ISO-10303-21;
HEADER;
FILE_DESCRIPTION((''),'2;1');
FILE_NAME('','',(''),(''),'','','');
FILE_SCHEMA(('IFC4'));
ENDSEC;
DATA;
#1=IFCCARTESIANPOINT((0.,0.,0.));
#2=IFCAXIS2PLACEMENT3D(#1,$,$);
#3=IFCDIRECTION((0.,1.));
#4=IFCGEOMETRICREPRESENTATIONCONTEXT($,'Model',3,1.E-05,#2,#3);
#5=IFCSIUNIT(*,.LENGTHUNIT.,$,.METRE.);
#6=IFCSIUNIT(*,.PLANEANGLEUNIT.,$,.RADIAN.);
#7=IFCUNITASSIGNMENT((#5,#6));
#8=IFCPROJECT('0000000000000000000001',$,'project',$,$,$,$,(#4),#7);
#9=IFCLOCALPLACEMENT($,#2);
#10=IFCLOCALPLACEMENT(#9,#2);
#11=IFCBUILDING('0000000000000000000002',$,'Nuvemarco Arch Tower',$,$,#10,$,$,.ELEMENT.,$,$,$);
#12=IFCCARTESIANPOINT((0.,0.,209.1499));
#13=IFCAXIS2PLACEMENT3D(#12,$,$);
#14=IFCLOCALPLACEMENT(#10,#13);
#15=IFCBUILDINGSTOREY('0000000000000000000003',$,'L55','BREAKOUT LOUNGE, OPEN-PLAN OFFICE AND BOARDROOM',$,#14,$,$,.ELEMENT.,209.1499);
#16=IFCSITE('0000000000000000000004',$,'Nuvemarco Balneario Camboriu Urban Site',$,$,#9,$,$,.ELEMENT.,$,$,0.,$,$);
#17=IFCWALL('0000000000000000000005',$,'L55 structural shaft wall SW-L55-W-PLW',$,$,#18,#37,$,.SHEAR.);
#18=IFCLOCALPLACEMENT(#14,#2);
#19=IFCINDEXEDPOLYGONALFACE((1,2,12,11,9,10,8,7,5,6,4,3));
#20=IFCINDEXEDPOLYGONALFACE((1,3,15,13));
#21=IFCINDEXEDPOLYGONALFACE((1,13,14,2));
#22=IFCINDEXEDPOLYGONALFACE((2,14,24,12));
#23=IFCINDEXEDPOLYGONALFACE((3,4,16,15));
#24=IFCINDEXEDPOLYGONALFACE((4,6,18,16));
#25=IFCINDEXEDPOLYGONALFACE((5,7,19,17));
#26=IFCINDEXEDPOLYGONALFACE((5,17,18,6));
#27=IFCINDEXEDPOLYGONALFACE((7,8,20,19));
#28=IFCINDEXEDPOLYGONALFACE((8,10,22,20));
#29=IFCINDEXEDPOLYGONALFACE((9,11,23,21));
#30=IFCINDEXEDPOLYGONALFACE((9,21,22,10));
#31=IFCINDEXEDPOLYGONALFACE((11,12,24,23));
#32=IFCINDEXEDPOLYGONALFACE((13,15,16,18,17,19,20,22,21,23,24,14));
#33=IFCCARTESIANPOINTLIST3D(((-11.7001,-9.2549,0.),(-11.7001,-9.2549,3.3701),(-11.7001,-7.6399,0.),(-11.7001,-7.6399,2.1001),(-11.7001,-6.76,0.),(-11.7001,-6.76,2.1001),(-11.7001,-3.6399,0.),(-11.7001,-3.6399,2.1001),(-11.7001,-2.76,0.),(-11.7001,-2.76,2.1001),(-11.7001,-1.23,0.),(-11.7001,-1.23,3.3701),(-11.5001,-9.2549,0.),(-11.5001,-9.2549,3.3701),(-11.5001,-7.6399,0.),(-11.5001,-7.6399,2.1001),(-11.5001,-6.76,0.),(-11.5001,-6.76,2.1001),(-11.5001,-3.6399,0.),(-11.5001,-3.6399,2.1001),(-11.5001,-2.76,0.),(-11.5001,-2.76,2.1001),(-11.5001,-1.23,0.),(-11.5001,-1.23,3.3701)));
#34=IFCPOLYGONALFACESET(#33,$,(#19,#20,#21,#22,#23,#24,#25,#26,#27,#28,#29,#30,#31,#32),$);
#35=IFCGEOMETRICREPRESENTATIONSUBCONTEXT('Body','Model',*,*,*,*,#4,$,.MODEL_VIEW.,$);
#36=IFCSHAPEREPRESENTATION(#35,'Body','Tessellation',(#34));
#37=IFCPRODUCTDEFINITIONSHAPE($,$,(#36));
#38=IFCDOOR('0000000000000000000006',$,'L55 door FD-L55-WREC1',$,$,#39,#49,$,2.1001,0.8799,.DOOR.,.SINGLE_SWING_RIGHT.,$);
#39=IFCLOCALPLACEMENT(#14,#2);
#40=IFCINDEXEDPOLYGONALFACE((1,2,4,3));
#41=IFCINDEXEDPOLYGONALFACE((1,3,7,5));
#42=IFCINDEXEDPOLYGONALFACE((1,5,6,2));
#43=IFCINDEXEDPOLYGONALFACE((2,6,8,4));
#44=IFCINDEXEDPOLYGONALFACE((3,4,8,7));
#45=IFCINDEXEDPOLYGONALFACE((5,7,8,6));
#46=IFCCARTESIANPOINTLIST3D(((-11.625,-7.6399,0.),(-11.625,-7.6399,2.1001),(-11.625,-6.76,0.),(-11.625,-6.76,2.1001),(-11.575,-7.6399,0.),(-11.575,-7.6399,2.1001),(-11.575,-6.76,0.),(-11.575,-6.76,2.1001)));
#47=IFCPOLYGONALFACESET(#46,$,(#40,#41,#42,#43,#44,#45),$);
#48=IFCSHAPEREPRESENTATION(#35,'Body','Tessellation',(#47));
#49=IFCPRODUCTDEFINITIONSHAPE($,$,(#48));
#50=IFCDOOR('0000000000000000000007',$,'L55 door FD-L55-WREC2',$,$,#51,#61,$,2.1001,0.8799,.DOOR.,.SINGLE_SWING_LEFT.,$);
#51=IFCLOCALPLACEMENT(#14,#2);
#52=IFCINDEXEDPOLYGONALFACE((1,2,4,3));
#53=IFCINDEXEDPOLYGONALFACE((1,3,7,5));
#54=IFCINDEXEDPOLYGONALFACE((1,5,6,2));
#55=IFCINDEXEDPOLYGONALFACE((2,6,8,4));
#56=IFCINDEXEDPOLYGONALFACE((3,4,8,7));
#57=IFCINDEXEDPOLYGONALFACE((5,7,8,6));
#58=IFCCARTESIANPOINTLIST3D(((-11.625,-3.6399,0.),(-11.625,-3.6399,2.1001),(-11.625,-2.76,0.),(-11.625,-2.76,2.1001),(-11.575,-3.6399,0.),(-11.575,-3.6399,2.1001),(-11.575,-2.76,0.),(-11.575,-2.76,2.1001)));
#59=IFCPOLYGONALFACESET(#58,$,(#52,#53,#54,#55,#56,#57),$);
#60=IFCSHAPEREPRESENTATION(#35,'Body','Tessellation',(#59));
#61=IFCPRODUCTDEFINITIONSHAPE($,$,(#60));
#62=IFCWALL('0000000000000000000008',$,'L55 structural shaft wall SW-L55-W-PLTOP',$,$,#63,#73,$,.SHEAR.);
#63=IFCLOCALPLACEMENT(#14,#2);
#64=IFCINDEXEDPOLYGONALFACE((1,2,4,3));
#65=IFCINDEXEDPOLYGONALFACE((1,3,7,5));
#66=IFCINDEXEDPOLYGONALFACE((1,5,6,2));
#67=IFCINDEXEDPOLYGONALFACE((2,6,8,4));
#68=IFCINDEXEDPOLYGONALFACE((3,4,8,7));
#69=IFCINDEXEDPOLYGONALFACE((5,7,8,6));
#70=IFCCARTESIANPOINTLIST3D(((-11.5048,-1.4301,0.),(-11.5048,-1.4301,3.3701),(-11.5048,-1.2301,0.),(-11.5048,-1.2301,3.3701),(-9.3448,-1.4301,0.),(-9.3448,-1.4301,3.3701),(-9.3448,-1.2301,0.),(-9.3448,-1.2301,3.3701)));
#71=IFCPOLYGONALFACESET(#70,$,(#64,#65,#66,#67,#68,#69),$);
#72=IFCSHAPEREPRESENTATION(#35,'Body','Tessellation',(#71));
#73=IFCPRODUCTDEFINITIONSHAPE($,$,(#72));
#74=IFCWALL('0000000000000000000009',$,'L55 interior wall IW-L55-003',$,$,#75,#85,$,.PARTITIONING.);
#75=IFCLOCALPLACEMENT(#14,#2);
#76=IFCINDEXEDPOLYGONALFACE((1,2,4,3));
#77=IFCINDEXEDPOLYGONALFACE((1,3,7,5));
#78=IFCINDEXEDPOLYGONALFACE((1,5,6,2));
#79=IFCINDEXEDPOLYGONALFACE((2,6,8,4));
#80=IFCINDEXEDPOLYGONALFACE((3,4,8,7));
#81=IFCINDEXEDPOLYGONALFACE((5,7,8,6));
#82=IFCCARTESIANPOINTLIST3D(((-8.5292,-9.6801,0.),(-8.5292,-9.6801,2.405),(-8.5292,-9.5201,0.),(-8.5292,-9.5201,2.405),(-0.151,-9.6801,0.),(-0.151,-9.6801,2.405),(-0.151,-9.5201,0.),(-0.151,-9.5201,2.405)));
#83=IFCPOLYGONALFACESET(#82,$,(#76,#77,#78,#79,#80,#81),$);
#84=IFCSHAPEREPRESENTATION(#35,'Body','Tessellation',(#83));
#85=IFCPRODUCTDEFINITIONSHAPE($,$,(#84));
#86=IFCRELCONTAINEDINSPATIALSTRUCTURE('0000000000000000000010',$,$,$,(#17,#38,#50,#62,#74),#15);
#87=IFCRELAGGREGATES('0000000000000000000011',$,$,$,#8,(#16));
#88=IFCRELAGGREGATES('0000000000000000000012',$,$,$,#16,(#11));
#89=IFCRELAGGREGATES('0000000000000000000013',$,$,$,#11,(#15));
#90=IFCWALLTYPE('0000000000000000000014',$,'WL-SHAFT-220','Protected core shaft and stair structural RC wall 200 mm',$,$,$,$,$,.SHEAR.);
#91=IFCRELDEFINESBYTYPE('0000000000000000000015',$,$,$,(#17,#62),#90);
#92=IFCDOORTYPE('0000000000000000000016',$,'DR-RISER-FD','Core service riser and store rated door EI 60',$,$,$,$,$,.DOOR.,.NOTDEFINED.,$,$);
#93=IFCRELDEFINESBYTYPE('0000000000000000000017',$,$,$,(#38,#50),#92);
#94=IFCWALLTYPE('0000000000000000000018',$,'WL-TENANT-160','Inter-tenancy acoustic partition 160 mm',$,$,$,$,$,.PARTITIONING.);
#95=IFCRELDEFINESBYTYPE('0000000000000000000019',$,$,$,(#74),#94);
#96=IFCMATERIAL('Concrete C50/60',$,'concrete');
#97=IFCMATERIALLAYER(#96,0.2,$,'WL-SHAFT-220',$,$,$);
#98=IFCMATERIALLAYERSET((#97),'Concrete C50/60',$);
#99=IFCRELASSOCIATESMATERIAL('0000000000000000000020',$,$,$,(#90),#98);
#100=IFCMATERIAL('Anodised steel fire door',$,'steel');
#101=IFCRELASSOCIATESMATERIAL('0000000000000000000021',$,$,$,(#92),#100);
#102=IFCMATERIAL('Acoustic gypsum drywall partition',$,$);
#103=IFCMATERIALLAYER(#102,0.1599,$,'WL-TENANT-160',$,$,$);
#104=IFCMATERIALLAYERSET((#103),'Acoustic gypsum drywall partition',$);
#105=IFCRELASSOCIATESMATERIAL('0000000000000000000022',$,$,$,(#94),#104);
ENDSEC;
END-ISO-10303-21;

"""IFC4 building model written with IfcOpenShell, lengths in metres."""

from ifc_helpers import new_model, si_unit, direction, frame, frame_2d, origin, place, context, subcontext, project, spatial, rectangle, extrude, source, transform, mapped, material, layer, layer_set, type_object, type_shapes, element, fill, save


model = new_model("IFC4")

# Units and contexts
model_context = context("Model", 3, precision=1e-05, world=origin(), true_north=direction((0.0, 1.0)))
body_context = subcontext(model_context, "Body", "Model", "MODEL_VIEW")
ifc_project = project(units=[si_unit("LENGTHUNIT", "METRE"), si_unit("PLANEANGLEUNIT", "RADIAN")], contexts=[model_context])

# Site, building, storey
site_placement = place(None, origin())
site = spatial("IfcSite", under=ifc_project, at=site_placement, Name="Nuvemarco Balneario Camboriu Urban Site", CompositionType="ELEMENT", RefElevation=0.0)
building_placement = place(site_placement, origin())
building = spatial("IfcBuilding", under=site, at=building_placement, Name="Nuvemarco Arch Tower", CompositionType="ELEMENT")
storey_placement = place(building_placement, frame((0.0, 0.0, 209.1499)))
storey = spatial("IfcBuildingStorey", under=building, at=storey_placement, Name="L55", Description="BREAKOUT LOUNGE, OPEN-PLAN OFFICE AND BOARDROOM", CompositionType="ELEMENT", Elevation=209.1499)

# Shared definitions
ifc_material_1 = material(Name="Concrete C50/60", Category="concrete")

# Shared definitions
ifc_material_2 = material(Name="Anodised steel fire door", Category="steel")

# Shared definitions
ifc_layer_1 = layer(ifc_material_1, 0.2, Name="WL-SHAFT-220")
ifc_layer_set_1 = layer_set([ifc_layer_1], Name="Concrete C50/60")
wall_type_1 = type_object("IfcWallType", Name="WL-SHAFT-220", Description="Protected core shaft and stair structural RC wall 200 mm", PredefinedType="SHEAR", material=ifc_layer_set_1)

# Shared definitions
door_type_1 = type_object("IfcDoorType", Name="DR-RISER-FD", Description="Core service riser and store rated door EI 60", OperationType="NOTDEFINED", PredefinedType="DOOR", material=ifc_material_2)
shared_shape_1 = source(origin(), body_context, "Body", "SweptSolid", [
    extrude(rectangle(XDim=0.8799, YDim=2.1001, at=frame_2d((0.4399, 1.05))), frame((0.0, 0.0249, 0.0), z_axis=(0.0, -1.0, 0.0), x_axis=(1.0, 0.0, 0.0)), (0.0, 0.0, 1.0), 0.05),
])
type_shapes(door_type_1, [shared_shape_1])

# Wall, openings, doors
wall_1_placement = place(storey_placement, frame((-11.6001, -9.2549, 0.0), z_axis=(0.0, 0.0, 1.0), x_axis=(0.0, 1.0, 0.0)))
wall_1 = element("IfcWall", 1, at=wall_1_placement, inside=storey, type_object=wall_type_1, Name="L55 structural shaft wall SW-L55-W-PLW", PredefinedType="SHEAR", context=body_context, shape_type="SweptSolid", body=[
    extrude(rectangle(XDim=8.0249, YDim=0.2, at=frame_2d((4.0125, 0.0))), origin(), (0.0, 0.0, 1.0), 3.3701),
])
opening_1_placement = place(wall_1_placement, frame((1.615, 0.0, 0.0)))
opening_1 = element("IfcOpeningElement", 2, at=opening_1_placement, cuts=wall_1, PredefinedType="OPENING", context=body_context, shape_type="SweptSolid", body=[
    extrude(rectangle(XDim=0.8799, YDim=2.1001, at=frame_2d((0.4399, 1.05))), frame((0.0, 0.1099, 0.0), z_axis=(0.0, -1.0, 0.0), x_axis=(1.0, 0.0, 0.0)), (0.0, 0.0, 1.0), 0.22),
])
opening_2_placement = place(wall_1_placement, frame((5.615, 0.0, 0.0)))
opening_2 = element("IfcOpeningElement", 3, at=opening_2_placement, cuts=wall_1, PredefinedType="OPENING", context=body_context, shape_type="SweptSolid", body=[
    extrude(rectangle(XDim=0.8799, YDim=2.1001, at=frame_2d((0.4399, 1.05))), frame((0.0, 0.1099, 0.0), z_axis=(0.0, -1.0, 0.0), x_axis=(1.0, 0.0, 0.0)), (0.0, 0.0, 1.0), 0.22),
])
door_1_placement = place(opening_1_placement, origin())
door_1 = element("IfcDoor", 4, at=door_1_placement, inside=storey, type_object=door_type_1, Name="L55 door FD-L55-WREC1", OperationType="SINGLE_SWING_RIGHT", OverallHeight=2.1001, OverallWidth=0.8799, PredefinedType="DOOR", context=body_context, shape_type="MappedRepresentation", body=[
    mapped(shared_shape_1, transform((0.0, 0.0, 0.0), scale=1.0)),
])
fill(opening_1, door_1)
door_2_placement = place(opening_2_placement, origin())
door_2 = element("IfcDoor", 5, at=door_2_placement, inside=storey, type_object=door_type_1, Name="L55 door FD-L55-WREC2", OperationType="SINGLE_SWING_LEFT", OverallHeight=2.1001, OverallWidth=0.8799, PredefinedType="DOOR", context=body_context, shape_type="MappedRepresentation", body=[
    mapped(shared_shape_1, transform((0.0, 0.0, 0.0), scale=1.0)),
])
fill(opening_2, door_2)

# Walls
wall_2_placement = place(storey_placement, frame((-11.5049, -1.3301, 0.0), z_axis=(0.0, 0.0, 1.0), x_axis=(1.0, 0.0, 0.0)))
element("IfcWall", 6, at=wall_2_placement, inside=storey, type_object=wall_type_1, Name="L55 structural shaft wall SW-L55-W-PLTOP", PredefinedType="SHEAR", context=body_context, shape_type="SweptSolid", body=[
    extrude(rectangle(XDim=2.1599, YDim=0.2, at=frame_2d((1.0801, 0.0))), origin(), (0.0, 0.0, 1.0), 3.3701),
])
ifc_material_3 = material(Name="Acoustic gypsum drywall partition")
ifc_layer_2 = layer(ifc_material_3, 0.1599, Name="WL-TENANT-160")
ifc_layer_set_2 = layer_set([ifc_layer_2], Name="Acoustic gypsum drywall partition")
wall_type_2 = type_object("IfcWallType", Name="WL-TENANT-160", Description="Inter-tenancy acoustic partition 160 mm", PredefinedType="PARTITIONING", material=ifc_layer_set_2)
wall_3_placement = place(storey_placement, frame((-8.5291, -9.6001, 0.0), z_axis=(0.0, 0.0, 1.0), x_axis=(1.0, 0.0, 0.0)))
element("IfcWall", 7, at=wall_3_placement, inside=storey, type_object=wall_type_2, Name="L55 interior wall IW-L55-003", PredefinedType="PARTITIONING", context=body_context, shape_type="SweptSolid", body=[
    extrude(rectangle(XDim=8.3782, YDim=0.1599, at=frame_2d((4.189, 0.0))), origin(), (0.0, 0.0, 1.0), 2.405),
])

save(model, "model.ifc")
